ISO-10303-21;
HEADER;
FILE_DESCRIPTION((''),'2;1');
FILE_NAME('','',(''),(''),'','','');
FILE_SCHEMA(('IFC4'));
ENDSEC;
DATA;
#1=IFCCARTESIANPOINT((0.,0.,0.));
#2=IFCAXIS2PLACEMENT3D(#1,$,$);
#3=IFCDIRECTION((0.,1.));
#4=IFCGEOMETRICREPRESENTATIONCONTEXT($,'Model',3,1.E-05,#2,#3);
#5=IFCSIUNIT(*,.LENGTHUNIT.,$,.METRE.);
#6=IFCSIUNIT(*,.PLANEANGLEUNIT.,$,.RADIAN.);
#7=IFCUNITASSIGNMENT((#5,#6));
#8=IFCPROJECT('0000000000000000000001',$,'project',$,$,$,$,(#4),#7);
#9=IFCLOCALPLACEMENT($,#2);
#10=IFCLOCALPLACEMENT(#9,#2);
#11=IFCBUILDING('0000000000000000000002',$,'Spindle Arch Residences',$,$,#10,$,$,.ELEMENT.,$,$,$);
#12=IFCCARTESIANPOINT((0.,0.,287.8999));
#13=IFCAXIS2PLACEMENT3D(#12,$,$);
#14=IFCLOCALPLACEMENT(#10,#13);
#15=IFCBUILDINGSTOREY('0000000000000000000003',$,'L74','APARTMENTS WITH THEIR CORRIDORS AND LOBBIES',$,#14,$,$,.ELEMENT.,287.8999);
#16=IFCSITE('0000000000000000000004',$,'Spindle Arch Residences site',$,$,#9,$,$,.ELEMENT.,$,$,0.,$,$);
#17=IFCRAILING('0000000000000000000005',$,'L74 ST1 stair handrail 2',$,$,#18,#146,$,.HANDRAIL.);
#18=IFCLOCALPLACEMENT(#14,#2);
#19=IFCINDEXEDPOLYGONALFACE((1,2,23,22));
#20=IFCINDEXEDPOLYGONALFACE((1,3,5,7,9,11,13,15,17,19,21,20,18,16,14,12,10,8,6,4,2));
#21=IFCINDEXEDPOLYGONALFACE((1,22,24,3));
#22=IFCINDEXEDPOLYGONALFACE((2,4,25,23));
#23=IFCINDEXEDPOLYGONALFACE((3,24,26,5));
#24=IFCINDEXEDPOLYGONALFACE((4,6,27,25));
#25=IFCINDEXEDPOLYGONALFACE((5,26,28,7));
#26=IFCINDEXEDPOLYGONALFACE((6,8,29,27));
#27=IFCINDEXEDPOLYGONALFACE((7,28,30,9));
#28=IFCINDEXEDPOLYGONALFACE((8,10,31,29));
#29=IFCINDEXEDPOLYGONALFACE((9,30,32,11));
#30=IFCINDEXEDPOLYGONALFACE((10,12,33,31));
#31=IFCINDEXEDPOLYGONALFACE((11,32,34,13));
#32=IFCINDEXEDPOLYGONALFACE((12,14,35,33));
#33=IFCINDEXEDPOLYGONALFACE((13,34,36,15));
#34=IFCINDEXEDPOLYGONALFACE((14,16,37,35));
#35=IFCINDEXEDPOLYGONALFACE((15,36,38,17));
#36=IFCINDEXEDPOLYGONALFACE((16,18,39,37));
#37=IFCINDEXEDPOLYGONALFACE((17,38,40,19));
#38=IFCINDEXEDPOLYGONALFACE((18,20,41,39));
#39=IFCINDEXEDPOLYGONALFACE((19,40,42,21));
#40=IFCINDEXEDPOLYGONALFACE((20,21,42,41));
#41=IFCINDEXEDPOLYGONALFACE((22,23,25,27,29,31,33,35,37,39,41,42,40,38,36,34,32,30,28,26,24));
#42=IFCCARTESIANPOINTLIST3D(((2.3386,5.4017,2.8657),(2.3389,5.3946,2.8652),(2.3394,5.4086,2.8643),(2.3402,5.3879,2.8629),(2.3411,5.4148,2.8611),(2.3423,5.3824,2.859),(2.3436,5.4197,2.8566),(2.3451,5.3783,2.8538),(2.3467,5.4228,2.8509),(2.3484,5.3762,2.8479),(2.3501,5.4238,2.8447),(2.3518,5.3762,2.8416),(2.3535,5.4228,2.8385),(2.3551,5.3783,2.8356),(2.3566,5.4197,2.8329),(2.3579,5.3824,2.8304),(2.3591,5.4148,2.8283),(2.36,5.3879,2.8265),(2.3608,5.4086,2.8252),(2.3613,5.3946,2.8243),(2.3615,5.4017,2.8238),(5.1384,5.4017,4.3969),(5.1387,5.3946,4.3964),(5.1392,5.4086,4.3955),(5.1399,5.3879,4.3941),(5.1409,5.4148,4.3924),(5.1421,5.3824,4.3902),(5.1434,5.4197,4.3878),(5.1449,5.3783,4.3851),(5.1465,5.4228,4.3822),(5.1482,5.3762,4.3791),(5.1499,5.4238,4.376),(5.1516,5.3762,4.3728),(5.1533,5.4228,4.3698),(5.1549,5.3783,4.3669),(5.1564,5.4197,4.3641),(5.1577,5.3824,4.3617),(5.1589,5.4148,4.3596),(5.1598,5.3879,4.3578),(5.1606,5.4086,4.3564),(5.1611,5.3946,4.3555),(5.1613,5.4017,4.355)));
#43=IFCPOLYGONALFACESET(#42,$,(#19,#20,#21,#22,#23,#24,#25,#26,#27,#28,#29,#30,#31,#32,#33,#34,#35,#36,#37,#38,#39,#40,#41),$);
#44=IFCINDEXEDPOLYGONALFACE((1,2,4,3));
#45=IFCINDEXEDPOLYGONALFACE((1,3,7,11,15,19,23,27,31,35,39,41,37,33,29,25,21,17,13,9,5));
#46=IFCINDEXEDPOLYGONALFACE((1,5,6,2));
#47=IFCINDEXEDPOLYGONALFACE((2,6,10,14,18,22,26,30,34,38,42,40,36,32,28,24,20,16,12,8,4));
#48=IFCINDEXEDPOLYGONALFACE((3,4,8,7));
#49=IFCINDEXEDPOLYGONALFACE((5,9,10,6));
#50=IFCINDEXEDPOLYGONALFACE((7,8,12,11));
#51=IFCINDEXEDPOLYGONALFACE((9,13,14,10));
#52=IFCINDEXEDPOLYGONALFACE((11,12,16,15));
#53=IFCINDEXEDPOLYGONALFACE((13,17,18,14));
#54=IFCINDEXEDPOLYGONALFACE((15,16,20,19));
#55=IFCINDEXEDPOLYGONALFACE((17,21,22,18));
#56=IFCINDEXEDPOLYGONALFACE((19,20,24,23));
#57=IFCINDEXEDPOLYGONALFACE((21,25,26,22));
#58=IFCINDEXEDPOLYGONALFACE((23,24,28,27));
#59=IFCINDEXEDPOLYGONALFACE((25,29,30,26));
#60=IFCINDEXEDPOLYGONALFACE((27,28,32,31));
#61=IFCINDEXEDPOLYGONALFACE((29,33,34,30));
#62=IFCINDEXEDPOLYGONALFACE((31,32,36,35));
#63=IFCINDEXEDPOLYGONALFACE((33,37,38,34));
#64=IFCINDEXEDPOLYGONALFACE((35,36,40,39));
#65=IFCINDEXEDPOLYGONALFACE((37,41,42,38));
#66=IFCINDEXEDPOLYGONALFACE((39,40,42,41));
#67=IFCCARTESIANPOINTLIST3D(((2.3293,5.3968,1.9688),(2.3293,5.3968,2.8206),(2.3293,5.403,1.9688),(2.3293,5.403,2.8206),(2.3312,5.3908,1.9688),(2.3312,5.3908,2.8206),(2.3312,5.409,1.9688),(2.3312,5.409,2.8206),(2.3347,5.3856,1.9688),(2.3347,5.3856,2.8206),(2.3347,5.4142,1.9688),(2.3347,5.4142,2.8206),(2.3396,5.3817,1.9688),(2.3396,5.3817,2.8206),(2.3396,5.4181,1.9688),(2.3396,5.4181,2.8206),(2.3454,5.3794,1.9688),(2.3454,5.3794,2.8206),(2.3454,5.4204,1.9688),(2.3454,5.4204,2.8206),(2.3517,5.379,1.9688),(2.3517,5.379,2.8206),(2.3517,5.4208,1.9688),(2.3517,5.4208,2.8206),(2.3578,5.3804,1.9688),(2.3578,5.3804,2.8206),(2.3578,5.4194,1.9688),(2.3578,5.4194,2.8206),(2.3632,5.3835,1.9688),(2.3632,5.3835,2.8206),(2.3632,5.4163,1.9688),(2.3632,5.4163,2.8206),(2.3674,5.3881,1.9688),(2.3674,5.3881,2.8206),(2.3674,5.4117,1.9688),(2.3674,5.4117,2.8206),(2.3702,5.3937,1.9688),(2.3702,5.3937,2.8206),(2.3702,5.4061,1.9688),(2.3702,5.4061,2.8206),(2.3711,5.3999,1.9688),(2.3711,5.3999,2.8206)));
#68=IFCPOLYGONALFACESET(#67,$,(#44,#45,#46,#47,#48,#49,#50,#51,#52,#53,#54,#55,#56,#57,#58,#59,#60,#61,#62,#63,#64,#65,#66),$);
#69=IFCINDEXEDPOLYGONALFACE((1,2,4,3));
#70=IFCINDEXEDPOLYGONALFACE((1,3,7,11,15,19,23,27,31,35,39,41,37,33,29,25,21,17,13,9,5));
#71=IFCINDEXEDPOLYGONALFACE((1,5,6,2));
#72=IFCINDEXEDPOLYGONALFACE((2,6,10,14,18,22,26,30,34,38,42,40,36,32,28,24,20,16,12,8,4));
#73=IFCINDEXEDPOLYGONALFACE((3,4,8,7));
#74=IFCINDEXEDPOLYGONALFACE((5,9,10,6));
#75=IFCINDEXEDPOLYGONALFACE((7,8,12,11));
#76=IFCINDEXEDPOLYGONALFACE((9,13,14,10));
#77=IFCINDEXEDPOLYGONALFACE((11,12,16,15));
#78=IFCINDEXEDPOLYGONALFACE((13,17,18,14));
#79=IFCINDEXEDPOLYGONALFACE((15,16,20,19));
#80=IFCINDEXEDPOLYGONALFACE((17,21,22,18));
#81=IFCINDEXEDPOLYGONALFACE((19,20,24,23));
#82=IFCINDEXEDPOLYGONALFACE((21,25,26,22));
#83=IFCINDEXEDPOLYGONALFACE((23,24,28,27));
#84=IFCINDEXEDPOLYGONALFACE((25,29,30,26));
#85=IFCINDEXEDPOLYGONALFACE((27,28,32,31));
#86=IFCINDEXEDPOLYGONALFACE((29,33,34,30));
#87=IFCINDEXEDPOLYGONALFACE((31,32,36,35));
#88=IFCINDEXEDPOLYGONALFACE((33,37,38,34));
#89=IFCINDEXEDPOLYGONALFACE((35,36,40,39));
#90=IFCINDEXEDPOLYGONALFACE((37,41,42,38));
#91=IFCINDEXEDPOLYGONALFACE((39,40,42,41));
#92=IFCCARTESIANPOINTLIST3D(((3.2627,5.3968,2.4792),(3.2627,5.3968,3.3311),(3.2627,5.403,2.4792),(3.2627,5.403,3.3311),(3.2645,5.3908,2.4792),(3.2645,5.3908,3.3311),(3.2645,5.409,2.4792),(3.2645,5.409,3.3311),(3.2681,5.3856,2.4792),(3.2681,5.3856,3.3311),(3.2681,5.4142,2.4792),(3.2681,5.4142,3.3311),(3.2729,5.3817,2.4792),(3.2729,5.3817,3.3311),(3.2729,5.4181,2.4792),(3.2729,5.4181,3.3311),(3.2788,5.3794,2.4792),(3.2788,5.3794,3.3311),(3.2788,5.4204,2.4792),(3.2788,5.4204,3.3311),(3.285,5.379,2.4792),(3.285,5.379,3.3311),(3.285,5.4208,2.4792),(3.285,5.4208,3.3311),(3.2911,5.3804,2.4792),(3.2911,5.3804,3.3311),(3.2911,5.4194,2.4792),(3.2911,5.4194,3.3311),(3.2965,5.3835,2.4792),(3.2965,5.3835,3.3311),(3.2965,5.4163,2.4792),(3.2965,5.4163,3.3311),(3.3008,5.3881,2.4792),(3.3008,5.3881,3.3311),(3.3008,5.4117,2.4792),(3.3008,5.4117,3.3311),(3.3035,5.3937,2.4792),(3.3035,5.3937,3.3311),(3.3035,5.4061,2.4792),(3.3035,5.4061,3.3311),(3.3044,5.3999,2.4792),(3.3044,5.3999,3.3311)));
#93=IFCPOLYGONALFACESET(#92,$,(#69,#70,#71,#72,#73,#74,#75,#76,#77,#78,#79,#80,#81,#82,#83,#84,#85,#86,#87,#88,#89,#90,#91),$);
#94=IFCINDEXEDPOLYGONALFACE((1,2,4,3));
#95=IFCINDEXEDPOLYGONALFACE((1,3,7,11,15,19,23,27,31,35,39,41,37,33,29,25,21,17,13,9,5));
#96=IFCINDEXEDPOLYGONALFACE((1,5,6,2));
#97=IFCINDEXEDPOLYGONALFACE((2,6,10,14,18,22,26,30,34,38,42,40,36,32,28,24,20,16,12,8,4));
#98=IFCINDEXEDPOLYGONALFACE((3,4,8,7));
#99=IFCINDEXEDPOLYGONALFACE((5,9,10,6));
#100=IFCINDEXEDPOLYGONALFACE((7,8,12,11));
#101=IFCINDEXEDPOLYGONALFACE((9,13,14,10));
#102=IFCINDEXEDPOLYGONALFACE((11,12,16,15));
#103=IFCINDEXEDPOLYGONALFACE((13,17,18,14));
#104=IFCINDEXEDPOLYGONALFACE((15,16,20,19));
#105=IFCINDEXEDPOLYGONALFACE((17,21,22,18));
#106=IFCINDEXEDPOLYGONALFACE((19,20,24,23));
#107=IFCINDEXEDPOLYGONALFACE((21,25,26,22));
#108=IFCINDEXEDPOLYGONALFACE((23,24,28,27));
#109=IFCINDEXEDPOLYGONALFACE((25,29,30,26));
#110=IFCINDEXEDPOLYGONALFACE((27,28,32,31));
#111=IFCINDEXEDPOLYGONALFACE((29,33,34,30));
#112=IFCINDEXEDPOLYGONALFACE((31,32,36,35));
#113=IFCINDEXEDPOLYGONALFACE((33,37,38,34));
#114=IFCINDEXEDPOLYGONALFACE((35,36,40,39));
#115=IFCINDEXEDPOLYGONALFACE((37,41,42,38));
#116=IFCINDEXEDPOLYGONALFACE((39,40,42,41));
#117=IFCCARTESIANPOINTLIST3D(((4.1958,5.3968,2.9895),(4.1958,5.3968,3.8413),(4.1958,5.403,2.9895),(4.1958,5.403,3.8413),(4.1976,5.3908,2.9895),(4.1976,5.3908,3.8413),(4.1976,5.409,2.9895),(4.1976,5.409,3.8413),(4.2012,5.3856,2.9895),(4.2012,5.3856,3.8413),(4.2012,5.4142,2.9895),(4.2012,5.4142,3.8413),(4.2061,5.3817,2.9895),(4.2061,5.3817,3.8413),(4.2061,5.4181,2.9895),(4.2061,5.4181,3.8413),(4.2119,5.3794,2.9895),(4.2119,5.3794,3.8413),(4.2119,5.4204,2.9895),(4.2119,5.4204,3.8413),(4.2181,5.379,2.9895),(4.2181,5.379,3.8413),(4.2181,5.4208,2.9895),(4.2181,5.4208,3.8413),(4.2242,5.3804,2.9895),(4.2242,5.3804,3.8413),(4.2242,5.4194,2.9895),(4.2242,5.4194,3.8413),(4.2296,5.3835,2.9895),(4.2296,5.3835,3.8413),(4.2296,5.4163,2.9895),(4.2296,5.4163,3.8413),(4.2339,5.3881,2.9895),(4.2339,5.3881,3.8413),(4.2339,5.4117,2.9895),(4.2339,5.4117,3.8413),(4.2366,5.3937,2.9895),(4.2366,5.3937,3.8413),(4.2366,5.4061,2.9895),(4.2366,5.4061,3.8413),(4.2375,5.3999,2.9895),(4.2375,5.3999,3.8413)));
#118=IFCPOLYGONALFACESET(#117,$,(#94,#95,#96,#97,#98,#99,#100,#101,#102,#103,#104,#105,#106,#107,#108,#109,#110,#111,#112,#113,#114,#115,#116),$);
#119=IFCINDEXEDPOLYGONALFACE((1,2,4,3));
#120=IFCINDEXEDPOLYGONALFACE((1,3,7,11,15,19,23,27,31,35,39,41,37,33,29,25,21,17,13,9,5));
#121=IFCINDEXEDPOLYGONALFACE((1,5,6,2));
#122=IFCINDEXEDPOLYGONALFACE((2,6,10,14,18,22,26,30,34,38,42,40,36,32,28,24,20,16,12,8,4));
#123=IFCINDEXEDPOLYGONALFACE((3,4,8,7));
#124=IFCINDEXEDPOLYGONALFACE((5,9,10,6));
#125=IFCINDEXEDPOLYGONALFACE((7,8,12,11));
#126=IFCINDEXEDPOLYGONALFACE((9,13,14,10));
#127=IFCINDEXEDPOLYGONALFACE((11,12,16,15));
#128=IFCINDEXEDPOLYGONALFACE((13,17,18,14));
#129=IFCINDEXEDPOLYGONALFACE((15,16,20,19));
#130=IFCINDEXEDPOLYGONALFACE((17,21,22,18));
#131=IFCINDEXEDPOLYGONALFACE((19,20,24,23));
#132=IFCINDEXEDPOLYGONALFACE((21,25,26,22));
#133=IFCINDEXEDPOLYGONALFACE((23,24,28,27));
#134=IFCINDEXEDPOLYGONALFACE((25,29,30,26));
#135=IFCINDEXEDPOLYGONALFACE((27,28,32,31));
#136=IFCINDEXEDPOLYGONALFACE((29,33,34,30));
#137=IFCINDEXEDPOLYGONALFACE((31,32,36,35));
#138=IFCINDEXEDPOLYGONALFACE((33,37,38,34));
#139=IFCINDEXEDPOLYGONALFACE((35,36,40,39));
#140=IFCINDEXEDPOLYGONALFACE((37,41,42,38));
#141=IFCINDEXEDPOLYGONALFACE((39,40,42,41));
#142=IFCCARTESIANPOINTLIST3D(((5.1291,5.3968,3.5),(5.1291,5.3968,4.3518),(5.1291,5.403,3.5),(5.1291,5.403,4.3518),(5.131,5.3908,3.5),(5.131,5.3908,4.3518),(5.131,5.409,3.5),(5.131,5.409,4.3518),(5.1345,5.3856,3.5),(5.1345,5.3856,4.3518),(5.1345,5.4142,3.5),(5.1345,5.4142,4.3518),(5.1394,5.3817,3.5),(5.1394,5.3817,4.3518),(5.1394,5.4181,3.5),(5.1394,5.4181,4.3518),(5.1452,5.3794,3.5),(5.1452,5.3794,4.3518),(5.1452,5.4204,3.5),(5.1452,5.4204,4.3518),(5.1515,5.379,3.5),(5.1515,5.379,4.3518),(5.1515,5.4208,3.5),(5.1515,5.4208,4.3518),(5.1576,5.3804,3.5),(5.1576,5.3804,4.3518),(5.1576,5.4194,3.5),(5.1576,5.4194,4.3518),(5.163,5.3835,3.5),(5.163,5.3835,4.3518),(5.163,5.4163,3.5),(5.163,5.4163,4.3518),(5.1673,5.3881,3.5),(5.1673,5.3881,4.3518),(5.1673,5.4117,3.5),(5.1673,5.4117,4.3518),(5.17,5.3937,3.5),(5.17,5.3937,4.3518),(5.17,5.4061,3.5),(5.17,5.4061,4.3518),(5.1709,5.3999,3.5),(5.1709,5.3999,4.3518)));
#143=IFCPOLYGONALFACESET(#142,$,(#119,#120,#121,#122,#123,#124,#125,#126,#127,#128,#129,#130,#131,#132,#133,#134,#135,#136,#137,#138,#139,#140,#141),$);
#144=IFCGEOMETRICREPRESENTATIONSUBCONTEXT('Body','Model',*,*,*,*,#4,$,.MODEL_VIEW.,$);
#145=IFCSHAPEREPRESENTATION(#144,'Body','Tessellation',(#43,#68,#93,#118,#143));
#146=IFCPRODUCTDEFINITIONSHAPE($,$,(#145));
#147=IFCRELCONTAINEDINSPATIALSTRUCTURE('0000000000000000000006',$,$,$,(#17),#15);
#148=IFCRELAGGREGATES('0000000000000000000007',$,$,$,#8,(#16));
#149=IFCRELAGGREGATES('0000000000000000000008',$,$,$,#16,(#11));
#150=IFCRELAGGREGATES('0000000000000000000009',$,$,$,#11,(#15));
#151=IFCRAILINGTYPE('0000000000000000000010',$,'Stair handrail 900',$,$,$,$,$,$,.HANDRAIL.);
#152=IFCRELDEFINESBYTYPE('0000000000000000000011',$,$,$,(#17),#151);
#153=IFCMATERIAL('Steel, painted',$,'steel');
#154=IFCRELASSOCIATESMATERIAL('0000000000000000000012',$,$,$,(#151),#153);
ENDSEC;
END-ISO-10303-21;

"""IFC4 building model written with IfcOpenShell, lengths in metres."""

from ifc_helpers import new_model, si_unit, direction, frame, origin, origin_2d, place, context, subcontext, project, spatial, circle, extrude, material, type_object, element, save


model = new_model("IFC4")

# Units and contexts
model_context = context("Model", 3, precision=1e-05, world=origin(), true_north=direction((0.0, 1.0)))
body_context = subcontext(model_context, "Body", "Model", "MODEL_VIEW")
ifc_project = project(units=[si_unit("LENGTHUNIT", "METRE"), si_unit("PLANEANGLEUNIT", "RADIAN")], contexts=[model_context])

# Site, building, storey
site_placement = place(None, origin())
site = spatial("IfcSite", under=ifc_project, at=site_placement, Name="Spindle Arch Residences site", CompositionType="ELEMENT", RefElevation=0.0)
building_placement = place(site_placement, origin())
building = spatial("IfcBuilding", under=site, at=building_placement, Name="Spindle Arch Residences", CompositionType="ELEMENT")
storey_placement = place(building_placement, frame((0.0, 0.0, 287.8999)))
storey = spatial("IfcBuildingStorey", under=building, at=storey_placement, Name="L74", Description="APARTMENTS WITH THEIR CORRIDORS AND LOBBIES", CompositionType="ELEMENT", Elevation=287.8999)

# Railing
ifc_material_1 = material(Name="Steel, painted", Category="steel")
railing_type_1 = type_object("IfcRailingType", Name="Stair handrail 900", PredefinedType="HANDRAIL", material=ifc_material_1)
railing_1_placement = place(storey_placement, frame((2.3501, 5.3999, 1.9688)))
element("IfcRailing", 1, at=railing_1_placement, inside=storey, type_object=railing_type_1, Name="L74 ST1 stair handrail 2", PredefinedType="HANDRAIL", context=body_context, shape_type="SweptSolid", body=[
    extrude(circle(Radius=0.0239, at=origin_2d()), frame((0.0, 0.0, 0.876), z_axis=(0.877357, 0.0, 0.479838), x_axis=(0.0, 1.0, 0.0)), (0.0, 0.0, 1.0), 3.1912),
    extrude(circle(Radius=0.021, at=origin_2d()), origin(), (0.0, 0.0, 1.0), 0.8518),
    extrude(circle(Radius=0.021, at=origin_2d()), frame((0.9333, 0.0, 0.5105)), (0.0, 0.0, 1.0), 0.8518),
    extrude(circle(Radius=0.021, at=origin_2d()), frame((1.8665, 0.0, 1.0208)), (0.0, 0.0, 1.0), 0.8518),
    extrude(circle(Radius=0.021, at=origin_2d()), frame((2.7998, 0.0, 1.5312)), (0.0, 0.0, 1.0), 0.8518),
])

save(model, "model.ifc")
